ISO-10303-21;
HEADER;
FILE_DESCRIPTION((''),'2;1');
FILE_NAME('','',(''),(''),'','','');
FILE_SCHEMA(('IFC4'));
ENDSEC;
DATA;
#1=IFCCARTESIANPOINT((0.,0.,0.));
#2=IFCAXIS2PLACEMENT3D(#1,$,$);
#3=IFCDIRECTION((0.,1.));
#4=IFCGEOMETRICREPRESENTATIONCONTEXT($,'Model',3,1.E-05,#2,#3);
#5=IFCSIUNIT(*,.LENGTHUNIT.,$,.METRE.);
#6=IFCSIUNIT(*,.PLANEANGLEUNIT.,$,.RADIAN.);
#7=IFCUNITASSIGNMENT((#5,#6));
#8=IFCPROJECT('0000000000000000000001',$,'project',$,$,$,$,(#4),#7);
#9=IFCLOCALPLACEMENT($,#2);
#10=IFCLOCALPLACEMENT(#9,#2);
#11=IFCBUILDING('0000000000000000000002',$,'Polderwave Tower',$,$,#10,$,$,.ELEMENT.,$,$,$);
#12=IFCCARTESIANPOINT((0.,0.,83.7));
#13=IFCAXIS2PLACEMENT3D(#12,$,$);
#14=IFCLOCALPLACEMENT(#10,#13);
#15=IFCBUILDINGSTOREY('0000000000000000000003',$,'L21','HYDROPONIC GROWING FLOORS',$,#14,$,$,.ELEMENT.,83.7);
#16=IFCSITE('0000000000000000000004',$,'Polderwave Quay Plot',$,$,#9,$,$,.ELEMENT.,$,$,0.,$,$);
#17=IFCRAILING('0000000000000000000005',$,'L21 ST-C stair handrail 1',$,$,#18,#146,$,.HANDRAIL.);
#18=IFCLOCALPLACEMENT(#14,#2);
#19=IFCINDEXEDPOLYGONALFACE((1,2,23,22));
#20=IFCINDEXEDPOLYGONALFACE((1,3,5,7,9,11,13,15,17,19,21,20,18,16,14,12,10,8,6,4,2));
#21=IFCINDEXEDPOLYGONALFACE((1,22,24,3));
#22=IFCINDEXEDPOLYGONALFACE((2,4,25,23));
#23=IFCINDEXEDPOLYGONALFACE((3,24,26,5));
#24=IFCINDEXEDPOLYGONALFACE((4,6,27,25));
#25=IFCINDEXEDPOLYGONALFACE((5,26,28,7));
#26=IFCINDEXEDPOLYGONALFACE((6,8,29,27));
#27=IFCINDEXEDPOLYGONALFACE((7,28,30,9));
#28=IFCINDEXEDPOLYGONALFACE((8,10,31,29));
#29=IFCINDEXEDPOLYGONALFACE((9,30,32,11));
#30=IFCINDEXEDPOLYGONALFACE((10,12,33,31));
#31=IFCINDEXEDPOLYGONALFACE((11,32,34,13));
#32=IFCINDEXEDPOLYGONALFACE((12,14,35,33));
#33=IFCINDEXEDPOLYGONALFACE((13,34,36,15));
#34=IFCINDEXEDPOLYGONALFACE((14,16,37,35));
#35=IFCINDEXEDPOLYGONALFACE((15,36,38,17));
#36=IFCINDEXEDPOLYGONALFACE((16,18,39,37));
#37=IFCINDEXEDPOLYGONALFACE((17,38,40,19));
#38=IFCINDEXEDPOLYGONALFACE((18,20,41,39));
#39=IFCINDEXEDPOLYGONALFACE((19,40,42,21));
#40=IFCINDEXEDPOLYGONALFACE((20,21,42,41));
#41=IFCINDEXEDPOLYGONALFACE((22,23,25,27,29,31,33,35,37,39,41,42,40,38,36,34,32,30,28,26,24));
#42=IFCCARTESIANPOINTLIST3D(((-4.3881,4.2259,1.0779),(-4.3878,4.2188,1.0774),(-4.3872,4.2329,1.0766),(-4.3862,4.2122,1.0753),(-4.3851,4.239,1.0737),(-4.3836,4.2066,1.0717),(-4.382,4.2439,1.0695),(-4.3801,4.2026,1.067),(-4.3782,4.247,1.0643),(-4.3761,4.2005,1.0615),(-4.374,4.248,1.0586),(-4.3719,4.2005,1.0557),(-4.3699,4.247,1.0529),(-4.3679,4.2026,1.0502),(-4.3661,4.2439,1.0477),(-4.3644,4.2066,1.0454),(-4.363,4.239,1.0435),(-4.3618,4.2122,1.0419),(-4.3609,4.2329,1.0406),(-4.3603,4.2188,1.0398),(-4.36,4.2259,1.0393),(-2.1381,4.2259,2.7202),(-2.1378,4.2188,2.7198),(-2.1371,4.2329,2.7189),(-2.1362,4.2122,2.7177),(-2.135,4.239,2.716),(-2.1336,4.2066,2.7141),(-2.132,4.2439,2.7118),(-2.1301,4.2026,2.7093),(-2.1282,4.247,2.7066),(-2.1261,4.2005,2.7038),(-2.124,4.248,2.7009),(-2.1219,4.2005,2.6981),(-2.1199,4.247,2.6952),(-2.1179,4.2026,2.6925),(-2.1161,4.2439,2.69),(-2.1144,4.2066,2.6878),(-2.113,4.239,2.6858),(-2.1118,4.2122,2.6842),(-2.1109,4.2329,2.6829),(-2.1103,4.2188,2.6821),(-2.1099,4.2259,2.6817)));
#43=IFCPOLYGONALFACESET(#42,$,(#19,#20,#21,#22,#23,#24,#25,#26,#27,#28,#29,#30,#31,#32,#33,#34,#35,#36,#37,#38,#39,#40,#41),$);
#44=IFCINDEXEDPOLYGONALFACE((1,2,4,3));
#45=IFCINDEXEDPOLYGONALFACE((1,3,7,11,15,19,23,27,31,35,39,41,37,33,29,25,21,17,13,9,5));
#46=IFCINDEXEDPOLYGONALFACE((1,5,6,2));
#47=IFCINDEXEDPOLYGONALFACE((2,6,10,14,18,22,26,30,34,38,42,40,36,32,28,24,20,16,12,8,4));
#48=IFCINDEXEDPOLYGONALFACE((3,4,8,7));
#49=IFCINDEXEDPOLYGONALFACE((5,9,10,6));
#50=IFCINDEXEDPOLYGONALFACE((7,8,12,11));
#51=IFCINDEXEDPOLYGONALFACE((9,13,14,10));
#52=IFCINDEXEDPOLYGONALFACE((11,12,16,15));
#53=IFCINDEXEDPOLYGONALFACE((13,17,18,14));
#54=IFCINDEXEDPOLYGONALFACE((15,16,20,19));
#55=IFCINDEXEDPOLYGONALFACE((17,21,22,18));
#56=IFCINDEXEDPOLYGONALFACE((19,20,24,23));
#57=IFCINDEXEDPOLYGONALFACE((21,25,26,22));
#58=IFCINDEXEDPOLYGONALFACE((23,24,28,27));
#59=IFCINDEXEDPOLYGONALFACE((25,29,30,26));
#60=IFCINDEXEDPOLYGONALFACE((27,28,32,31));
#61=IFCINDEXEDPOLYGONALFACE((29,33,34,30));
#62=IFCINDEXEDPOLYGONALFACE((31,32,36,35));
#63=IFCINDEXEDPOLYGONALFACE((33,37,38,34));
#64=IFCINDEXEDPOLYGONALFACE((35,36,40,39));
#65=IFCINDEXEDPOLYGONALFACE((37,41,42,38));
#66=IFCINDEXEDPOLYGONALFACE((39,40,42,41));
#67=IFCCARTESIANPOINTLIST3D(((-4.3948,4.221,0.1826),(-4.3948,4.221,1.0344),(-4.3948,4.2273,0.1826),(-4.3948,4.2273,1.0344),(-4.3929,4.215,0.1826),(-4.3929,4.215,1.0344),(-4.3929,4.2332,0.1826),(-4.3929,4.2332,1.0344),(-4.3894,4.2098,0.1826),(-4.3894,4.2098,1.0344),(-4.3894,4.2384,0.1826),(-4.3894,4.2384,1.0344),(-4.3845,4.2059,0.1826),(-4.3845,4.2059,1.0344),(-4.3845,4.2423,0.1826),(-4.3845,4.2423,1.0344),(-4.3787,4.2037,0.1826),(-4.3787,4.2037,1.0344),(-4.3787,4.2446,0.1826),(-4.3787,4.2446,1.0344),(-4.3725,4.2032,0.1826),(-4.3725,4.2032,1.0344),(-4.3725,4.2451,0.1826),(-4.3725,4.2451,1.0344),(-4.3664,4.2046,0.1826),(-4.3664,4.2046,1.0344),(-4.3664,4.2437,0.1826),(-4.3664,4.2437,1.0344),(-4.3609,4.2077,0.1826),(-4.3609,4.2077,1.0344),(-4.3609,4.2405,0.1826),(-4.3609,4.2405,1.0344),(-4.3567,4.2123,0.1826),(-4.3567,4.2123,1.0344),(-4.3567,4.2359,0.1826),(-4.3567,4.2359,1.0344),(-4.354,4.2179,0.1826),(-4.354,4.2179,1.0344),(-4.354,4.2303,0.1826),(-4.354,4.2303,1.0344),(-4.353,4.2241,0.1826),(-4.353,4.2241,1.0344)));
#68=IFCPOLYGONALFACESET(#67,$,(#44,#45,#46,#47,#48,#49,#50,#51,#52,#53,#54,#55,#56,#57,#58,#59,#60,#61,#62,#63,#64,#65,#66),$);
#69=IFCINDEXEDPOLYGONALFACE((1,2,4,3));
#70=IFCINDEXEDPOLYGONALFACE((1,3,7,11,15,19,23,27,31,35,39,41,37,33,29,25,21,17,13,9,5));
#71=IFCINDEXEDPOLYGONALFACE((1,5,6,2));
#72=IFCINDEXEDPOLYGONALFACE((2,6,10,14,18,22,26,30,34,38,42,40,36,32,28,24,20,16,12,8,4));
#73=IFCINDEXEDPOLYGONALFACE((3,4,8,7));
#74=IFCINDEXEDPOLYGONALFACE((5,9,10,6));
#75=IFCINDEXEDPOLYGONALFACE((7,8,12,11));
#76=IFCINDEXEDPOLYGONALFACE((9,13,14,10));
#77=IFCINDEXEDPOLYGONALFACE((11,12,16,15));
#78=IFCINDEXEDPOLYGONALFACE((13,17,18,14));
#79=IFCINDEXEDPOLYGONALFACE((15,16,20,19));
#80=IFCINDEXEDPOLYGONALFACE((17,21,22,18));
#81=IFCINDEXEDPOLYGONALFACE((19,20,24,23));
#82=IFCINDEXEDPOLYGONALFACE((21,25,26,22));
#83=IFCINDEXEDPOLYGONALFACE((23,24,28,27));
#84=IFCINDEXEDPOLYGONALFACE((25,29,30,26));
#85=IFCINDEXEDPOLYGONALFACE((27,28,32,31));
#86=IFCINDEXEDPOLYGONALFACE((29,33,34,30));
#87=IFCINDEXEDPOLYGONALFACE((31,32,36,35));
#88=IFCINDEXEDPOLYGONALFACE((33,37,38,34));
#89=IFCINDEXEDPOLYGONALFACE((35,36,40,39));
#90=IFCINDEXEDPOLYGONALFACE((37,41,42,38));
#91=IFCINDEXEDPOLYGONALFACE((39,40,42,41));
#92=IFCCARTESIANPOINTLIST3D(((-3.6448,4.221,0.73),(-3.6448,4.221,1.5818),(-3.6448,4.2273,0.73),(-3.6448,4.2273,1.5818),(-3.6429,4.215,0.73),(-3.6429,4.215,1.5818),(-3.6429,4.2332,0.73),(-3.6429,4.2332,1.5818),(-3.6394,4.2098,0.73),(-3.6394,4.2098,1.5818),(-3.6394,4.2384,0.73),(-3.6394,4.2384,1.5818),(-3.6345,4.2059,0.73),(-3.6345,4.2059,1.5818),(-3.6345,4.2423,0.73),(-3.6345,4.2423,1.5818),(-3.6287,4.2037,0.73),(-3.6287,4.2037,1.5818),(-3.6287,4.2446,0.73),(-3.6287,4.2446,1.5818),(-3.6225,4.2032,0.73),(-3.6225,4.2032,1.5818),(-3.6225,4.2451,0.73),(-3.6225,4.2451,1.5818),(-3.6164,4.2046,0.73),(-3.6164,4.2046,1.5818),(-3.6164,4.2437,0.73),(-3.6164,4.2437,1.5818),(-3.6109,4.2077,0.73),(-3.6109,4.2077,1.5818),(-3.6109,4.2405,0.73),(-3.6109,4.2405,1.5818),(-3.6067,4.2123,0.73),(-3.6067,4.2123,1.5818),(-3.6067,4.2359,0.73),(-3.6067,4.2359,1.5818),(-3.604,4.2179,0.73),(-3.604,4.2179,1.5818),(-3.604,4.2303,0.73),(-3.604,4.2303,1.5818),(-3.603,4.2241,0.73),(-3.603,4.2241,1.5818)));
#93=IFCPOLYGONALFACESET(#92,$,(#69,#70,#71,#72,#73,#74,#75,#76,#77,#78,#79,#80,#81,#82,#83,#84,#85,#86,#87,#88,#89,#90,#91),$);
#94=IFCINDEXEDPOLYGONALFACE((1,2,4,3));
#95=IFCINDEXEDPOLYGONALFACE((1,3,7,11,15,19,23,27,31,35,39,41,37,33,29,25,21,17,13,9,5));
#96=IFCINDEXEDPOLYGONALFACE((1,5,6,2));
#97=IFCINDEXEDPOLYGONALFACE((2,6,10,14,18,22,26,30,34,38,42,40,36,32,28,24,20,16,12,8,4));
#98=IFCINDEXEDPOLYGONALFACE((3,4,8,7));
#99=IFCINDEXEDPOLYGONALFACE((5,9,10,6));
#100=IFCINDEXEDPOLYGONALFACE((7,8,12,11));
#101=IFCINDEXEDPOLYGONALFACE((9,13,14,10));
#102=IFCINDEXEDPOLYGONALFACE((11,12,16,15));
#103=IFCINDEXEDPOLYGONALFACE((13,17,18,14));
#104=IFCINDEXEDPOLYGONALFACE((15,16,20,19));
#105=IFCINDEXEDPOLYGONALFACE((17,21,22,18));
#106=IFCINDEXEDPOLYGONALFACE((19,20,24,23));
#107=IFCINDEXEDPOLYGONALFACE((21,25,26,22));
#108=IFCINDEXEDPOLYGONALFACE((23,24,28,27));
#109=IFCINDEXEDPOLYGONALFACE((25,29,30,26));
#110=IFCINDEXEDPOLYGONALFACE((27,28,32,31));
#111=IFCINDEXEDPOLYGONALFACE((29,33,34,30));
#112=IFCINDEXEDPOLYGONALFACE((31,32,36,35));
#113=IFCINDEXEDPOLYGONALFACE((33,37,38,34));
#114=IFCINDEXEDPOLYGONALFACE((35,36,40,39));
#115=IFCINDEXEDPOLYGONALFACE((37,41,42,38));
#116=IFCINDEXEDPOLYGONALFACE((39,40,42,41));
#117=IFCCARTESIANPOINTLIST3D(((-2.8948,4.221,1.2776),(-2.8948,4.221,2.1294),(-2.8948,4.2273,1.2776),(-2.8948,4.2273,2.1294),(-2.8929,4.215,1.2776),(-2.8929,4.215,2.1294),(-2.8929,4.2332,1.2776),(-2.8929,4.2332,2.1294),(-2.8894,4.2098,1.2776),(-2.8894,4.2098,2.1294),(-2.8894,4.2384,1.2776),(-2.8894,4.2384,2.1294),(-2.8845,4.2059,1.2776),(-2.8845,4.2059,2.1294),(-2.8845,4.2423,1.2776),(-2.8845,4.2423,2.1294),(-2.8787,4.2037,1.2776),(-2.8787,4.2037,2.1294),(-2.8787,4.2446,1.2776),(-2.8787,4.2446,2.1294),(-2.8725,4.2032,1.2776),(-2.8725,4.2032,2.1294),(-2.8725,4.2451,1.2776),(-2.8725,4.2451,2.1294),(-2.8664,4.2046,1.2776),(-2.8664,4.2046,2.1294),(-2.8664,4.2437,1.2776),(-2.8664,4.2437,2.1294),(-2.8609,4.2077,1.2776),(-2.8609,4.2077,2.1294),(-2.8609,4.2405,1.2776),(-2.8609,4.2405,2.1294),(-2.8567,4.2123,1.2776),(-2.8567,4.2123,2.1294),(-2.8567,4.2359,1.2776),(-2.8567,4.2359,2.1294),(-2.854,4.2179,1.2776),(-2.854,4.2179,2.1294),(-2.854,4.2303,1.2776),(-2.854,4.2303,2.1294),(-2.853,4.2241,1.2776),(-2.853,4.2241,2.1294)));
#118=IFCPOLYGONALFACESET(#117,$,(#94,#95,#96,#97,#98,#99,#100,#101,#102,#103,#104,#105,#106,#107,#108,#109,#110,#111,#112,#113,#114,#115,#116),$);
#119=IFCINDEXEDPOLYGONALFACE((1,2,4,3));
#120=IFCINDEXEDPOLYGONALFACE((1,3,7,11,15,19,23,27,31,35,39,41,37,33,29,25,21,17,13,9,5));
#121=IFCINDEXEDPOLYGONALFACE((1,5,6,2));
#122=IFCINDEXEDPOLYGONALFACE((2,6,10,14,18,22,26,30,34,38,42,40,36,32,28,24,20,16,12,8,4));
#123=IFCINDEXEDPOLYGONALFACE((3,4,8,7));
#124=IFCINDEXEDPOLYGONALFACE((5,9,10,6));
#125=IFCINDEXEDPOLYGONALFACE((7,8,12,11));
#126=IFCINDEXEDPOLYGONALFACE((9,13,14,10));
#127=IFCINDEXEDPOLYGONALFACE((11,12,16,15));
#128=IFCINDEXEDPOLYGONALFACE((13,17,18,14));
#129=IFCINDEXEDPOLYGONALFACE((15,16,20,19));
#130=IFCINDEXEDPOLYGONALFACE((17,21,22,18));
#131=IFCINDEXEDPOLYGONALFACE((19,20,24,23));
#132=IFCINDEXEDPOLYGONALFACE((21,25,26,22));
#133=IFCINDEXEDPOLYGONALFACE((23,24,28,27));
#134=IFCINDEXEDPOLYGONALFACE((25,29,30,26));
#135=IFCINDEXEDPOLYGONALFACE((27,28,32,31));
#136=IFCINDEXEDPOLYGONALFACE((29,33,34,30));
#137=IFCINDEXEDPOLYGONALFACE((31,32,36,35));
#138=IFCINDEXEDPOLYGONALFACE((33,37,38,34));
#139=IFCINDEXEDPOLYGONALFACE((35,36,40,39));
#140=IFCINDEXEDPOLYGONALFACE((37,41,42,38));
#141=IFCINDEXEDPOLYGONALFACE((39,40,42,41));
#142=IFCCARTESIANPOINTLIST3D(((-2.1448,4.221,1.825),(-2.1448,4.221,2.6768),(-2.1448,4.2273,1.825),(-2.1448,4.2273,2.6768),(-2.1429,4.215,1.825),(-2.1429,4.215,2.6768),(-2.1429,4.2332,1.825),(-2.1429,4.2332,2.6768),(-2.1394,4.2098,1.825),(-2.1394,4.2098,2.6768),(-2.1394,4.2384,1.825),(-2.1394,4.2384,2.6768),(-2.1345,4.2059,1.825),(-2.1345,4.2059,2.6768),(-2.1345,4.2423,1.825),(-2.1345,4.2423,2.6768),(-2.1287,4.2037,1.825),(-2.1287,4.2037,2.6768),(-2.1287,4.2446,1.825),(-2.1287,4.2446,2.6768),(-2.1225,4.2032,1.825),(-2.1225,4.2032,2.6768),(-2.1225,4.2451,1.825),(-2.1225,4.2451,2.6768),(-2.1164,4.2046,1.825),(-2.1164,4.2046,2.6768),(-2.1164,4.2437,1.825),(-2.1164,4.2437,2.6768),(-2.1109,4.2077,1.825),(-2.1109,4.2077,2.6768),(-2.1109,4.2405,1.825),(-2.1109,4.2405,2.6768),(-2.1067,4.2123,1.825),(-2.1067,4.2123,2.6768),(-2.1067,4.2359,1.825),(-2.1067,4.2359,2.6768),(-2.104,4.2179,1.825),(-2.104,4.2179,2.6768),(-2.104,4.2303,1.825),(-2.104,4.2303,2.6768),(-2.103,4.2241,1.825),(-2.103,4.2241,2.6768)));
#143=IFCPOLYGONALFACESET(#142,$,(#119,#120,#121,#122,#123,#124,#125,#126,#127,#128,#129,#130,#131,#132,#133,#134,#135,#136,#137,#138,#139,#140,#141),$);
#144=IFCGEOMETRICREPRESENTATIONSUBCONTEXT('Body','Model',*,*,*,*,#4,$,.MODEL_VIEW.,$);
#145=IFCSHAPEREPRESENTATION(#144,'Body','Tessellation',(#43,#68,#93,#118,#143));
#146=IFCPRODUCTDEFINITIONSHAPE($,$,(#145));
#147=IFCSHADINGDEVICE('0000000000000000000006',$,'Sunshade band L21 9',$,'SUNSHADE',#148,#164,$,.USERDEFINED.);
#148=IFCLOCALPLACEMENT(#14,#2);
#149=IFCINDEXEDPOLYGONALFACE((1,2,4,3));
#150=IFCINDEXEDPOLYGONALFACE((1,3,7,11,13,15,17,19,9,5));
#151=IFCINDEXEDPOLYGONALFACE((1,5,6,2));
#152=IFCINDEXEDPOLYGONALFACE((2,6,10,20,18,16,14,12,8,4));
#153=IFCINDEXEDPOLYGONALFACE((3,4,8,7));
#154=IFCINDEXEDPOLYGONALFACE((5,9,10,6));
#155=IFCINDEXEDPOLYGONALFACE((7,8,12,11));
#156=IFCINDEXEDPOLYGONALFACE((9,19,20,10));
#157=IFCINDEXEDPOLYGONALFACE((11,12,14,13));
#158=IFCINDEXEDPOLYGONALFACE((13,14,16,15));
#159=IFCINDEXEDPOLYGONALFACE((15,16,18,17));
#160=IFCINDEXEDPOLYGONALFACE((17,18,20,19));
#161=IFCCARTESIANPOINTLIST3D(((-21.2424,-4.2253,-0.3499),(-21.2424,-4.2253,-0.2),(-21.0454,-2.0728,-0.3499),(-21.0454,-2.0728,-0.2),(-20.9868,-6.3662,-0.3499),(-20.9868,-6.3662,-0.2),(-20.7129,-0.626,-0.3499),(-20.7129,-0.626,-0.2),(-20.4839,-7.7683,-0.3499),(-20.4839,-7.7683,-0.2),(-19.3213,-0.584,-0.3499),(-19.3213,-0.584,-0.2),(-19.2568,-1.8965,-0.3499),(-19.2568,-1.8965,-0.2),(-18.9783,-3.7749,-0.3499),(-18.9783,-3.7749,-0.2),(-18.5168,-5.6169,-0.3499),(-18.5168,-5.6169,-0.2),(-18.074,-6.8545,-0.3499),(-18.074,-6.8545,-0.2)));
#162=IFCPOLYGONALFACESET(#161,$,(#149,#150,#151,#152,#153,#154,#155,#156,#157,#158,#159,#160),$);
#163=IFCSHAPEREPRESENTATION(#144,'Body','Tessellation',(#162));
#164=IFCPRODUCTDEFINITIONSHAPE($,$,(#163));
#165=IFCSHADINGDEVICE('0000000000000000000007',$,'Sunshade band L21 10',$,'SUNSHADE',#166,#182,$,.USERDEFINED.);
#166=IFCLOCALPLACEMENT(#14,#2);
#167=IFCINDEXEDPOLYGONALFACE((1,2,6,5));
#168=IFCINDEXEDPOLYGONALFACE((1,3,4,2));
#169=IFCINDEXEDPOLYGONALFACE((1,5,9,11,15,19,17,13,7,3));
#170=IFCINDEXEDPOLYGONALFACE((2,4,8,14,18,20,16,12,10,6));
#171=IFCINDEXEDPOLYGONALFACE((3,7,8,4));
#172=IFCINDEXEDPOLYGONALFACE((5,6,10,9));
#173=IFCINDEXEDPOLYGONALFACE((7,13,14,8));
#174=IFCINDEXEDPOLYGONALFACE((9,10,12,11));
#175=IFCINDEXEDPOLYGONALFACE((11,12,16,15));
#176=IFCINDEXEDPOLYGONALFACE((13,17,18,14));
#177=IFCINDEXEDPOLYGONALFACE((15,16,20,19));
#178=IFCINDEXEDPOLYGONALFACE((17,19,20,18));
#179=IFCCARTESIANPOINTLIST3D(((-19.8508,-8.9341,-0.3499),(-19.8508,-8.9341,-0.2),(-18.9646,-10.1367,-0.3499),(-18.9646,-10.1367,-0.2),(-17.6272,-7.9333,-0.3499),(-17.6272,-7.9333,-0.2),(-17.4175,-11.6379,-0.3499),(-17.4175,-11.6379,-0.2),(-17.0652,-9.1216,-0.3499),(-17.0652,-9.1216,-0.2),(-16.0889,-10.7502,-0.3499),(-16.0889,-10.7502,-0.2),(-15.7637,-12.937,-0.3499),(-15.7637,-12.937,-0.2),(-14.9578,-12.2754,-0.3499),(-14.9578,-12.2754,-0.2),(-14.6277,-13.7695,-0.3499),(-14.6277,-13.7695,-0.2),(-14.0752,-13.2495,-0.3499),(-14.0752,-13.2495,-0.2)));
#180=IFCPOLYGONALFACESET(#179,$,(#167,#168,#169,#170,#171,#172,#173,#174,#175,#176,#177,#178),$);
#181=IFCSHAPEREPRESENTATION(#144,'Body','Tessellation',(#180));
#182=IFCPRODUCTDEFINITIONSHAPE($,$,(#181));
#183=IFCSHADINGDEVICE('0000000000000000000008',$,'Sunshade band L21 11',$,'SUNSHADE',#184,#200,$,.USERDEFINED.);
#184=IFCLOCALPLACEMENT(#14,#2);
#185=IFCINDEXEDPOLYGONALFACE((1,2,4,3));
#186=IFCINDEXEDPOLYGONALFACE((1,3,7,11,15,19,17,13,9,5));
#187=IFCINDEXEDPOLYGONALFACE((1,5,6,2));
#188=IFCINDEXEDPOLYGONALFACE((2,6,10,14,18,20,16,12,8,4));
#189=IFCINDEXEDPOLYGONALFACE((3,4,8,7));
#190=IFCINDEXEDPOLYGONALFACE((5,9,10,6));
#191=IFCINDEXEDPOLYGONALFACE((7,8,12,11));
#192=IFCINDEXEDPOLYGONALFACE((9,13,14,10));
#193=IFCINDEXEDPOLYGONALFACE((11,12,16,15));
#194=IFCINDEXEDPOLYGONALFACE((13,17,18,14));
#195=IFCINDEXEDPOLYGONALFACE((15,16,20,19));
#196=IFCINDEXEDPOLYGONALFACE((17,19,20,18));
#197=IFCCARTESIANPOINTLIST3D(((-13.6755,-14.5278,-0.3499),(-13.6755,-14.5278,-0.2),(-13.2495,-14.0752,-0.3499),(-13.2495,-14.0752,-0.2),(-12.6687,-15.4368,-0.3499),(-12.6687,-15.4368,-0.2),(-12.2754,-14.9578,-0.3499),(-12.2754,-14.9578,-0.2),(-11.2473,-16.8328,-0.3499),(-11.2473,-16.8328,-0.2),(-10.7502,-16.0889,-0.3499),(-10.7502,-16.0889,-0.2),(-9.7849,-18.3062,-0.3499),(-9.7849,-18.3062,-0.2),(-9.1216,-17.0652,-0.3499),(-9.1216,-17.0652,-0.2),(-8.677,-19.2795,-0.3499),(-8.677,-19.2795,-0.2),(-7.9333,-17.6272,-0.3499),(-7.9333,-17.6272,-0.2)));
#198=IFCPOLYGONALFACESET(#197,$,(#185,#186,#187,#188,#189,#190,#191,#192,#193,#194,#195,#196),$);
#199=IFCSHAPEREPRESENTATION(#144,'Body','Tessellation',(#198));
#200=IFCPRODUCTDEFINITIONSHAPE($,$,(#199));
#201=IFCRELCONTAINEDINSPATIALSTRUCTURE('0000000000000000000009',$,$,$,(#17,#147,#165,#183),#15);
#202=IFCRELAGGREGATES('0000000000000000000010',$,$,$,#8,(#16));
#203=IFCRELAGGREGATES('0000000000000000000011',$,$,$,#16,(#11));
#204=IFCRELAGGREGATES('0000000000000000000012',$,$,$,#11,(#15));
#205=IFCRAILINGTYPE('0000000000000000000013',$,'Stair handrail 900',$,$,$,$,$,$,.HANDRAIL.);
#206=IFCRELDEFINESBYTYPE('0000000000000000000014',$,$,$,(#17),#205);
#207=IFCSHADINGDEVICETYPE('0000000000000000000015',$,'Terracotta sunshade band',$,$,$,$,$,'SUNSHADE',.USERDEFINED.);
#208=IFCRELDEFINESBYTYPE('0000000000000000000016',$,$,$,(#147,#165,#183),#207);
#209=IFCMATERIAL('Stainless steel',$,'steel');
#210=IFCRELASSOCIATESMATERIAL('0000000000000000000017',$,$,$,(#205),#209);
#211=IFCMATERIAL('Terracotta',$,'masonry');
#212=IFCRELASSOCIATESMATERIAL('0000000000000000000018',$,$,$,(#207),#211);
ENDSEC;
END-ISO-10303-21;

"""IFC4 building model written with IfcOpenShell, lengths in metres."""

from ifc_helpers import new_model, si_unit, direction, frame, origin, origin_2d, place, context, subcontext, project, spatial, polyline, circle, outline, extrude, material, type_object, element, save


model = new_model("IFC4")

# Units and contexts
model_context = context("Model", 3, precision=1e-05, world=origin(), true_north=direction((0.0, 1.0)))
body_context = subcontext(model_context, "Body", "Model", "MODEL_VIEW")
ifc_project = project(units=[si_unit("LENGTHUNIT", "METRE"), si_unit("PLANEANGLEUNIT", "RADIAN")], contexts=[model_context])

# Site, building, storey
site_placement = place(None, origin())
site = spatial("IfcSite", under=ifc_project, at=site_placement, Name="Polderwave Quay Plot", CompositionType="ELEMENT", RefElevation=0.0)
building_placement = place(site_placement, origin())
building = spatial("IfcBuilding", under=site, at=building_placement, Name="Polderwave Tower", CompositionType="ELEMENT")
storey_placement = place(building_placement, frame((0.0, 0.0, 83.7)))
storey = spatial("IfcBuildingStorey", under=building, at=storey_placement, Name="L21", Description="HYDROPONIC GROWING FLOORS", CompositionType="ELEMENT", Elevation=83.7)

# Railing
ifc_material_1 = material(Name="Stainless steel", Category="steel")
railing_type_1 = type_object("IfcRailingType", Name="Stair handrail 900", PredefinedType="HANDRAIL", material=ifc_material_1)
railing_1_placement = place(storey_placement, frame((-4.374, 4.2241, 0.1826)))
element("IfcRailing", 1, at=railing_1_placement, inside=storey, type_object=railing_type_1, Name="L21 ST-C stair handrail 1", PredefinedType="HANDRAIL", context=body_context, shape_type="SweptSolid", body=[
    extrude(circle(Radius=0.0239, at=origin_2d()), frame((0.0, 0.0, 0.876), z_axis=(0.807715, 0.0, 0.589573), x_axis=(0.0, 1.0, 0.0)), (0.0, 0.0, 1.0), 2.7856),
    extrude(circle(Radius=0.021, at=origin_2d()), origin(), (0.0, 0.0, 1.0), 0.8518),
    extrude(circle(Radius=0.021, at=origin_2d()), frame((0.75, 0.0, 0.5474)), (0.0, 0.0, 1.0), 0.8518),
    extrude(circle(Radius=0.021, at=origin_2d()), frame((1.5, 0.0, 1.095)), (0.0, 0.0, 1.0), 0.8518),
    extrude(circle(Radius=0.021, at=origin_2d()), frame((2.25, 0.0, 1.6423)), (0.0, 0.0, 1.0), 0.8518),
])

# Shading devices
ifc_material_2 = material(Name="Terracotta", Category="masonry")
shading_device_type = type_object("IfcShadingDeviceType", Name="Terracotta sunshade band", ElementType="SUNSHADE", PredefinedType="USERDEFINED", material=ifc_material_2)
shading_device_1_placement = place(storey_placement, frame((0.0, 0.0, -0.3499)))
element("IfcShadingDevice", 2, at=shading_device_1_placement, inside=storey, type_object=shading_device_type, Name="Sunshade band L21 9", ObjectType="SUNSHADE", PredefinedType="USERDEFINED", context=body_context, shape_type="SweptSolid", body=[
    extrude(outline(polyline([(-19.3213, -0.584), (-19.2568, -1.8965), (-18.9783, -3.7749), (-18.5168, -5.6169), (-18.074, -6.8545), (-20.4839, -7.7683), (-20.9868, -6.3662), (-21.2424, -4.2253), (-21.0454, -2.0728), (-20.7129, -0.626), (-19.3213, -0.584)])), origin(), (0.0, 0.0, 1.0), 0.1499),
])
shading_device_2_placement = place(storey_placement, frame((0.0, 0.0, -0.3499)))
element("IfcShadingDevice", 3, at=shading_device_2_placement, inside=storey, type_object=shading_device_type, Name="Sunshade band L21 10", ObjectType="SUNSHADE", PredefinedType="USERDEFINED", context=body_context, shape_type="SweptSolid", body=[
    extrude(outline(polyline([(-17.6272, -7.9333), (-17.0652, -9.1216), (-16.0889, -10.7502), (-14.9578, -12.2754), (-14.0752, -13.2495), (-14.6277, -13.7695), (-15.7637, -12.937), (-17.4175, -11.6379), (-18.9646, -10.1367), (-19.8508, -8.9341), (-17.6272, -7.9333)])), origin(), (0.0, 0.0, 1.0), 0.1499),
])
shading_device_3_placement = place(storey_placement, frame((0.0, 0.0, -0.3499)))
element("IfcShadingDevice", 4, at=shading_device_3_placement, inside=storey, type_object=shading_device_type, Name="Sunshade band L21 11", ObjectType="SUNSHADE", PredefinedType="USERDEFINED", context=body_context, shape_type="SweptSolid", body=[
    extrude(outline(polyline([(-13.2495, -14.0752), (-12.2754, -14.9578), (-10.7502, -16.0889), (-9.1216, -17.0652), (-7.9333, -17.6272), (-8.677, -19.2795), (-9.7849, -18.3062), (-11.2473, -16.8328), (-12.6687, -15.4368), (-13.6755, -14.5278), (-13.2495, -14.0752)])), origin(), (0.0, 0.0, 1.0), 0.1499),
])

save(model, "model.ifc")
